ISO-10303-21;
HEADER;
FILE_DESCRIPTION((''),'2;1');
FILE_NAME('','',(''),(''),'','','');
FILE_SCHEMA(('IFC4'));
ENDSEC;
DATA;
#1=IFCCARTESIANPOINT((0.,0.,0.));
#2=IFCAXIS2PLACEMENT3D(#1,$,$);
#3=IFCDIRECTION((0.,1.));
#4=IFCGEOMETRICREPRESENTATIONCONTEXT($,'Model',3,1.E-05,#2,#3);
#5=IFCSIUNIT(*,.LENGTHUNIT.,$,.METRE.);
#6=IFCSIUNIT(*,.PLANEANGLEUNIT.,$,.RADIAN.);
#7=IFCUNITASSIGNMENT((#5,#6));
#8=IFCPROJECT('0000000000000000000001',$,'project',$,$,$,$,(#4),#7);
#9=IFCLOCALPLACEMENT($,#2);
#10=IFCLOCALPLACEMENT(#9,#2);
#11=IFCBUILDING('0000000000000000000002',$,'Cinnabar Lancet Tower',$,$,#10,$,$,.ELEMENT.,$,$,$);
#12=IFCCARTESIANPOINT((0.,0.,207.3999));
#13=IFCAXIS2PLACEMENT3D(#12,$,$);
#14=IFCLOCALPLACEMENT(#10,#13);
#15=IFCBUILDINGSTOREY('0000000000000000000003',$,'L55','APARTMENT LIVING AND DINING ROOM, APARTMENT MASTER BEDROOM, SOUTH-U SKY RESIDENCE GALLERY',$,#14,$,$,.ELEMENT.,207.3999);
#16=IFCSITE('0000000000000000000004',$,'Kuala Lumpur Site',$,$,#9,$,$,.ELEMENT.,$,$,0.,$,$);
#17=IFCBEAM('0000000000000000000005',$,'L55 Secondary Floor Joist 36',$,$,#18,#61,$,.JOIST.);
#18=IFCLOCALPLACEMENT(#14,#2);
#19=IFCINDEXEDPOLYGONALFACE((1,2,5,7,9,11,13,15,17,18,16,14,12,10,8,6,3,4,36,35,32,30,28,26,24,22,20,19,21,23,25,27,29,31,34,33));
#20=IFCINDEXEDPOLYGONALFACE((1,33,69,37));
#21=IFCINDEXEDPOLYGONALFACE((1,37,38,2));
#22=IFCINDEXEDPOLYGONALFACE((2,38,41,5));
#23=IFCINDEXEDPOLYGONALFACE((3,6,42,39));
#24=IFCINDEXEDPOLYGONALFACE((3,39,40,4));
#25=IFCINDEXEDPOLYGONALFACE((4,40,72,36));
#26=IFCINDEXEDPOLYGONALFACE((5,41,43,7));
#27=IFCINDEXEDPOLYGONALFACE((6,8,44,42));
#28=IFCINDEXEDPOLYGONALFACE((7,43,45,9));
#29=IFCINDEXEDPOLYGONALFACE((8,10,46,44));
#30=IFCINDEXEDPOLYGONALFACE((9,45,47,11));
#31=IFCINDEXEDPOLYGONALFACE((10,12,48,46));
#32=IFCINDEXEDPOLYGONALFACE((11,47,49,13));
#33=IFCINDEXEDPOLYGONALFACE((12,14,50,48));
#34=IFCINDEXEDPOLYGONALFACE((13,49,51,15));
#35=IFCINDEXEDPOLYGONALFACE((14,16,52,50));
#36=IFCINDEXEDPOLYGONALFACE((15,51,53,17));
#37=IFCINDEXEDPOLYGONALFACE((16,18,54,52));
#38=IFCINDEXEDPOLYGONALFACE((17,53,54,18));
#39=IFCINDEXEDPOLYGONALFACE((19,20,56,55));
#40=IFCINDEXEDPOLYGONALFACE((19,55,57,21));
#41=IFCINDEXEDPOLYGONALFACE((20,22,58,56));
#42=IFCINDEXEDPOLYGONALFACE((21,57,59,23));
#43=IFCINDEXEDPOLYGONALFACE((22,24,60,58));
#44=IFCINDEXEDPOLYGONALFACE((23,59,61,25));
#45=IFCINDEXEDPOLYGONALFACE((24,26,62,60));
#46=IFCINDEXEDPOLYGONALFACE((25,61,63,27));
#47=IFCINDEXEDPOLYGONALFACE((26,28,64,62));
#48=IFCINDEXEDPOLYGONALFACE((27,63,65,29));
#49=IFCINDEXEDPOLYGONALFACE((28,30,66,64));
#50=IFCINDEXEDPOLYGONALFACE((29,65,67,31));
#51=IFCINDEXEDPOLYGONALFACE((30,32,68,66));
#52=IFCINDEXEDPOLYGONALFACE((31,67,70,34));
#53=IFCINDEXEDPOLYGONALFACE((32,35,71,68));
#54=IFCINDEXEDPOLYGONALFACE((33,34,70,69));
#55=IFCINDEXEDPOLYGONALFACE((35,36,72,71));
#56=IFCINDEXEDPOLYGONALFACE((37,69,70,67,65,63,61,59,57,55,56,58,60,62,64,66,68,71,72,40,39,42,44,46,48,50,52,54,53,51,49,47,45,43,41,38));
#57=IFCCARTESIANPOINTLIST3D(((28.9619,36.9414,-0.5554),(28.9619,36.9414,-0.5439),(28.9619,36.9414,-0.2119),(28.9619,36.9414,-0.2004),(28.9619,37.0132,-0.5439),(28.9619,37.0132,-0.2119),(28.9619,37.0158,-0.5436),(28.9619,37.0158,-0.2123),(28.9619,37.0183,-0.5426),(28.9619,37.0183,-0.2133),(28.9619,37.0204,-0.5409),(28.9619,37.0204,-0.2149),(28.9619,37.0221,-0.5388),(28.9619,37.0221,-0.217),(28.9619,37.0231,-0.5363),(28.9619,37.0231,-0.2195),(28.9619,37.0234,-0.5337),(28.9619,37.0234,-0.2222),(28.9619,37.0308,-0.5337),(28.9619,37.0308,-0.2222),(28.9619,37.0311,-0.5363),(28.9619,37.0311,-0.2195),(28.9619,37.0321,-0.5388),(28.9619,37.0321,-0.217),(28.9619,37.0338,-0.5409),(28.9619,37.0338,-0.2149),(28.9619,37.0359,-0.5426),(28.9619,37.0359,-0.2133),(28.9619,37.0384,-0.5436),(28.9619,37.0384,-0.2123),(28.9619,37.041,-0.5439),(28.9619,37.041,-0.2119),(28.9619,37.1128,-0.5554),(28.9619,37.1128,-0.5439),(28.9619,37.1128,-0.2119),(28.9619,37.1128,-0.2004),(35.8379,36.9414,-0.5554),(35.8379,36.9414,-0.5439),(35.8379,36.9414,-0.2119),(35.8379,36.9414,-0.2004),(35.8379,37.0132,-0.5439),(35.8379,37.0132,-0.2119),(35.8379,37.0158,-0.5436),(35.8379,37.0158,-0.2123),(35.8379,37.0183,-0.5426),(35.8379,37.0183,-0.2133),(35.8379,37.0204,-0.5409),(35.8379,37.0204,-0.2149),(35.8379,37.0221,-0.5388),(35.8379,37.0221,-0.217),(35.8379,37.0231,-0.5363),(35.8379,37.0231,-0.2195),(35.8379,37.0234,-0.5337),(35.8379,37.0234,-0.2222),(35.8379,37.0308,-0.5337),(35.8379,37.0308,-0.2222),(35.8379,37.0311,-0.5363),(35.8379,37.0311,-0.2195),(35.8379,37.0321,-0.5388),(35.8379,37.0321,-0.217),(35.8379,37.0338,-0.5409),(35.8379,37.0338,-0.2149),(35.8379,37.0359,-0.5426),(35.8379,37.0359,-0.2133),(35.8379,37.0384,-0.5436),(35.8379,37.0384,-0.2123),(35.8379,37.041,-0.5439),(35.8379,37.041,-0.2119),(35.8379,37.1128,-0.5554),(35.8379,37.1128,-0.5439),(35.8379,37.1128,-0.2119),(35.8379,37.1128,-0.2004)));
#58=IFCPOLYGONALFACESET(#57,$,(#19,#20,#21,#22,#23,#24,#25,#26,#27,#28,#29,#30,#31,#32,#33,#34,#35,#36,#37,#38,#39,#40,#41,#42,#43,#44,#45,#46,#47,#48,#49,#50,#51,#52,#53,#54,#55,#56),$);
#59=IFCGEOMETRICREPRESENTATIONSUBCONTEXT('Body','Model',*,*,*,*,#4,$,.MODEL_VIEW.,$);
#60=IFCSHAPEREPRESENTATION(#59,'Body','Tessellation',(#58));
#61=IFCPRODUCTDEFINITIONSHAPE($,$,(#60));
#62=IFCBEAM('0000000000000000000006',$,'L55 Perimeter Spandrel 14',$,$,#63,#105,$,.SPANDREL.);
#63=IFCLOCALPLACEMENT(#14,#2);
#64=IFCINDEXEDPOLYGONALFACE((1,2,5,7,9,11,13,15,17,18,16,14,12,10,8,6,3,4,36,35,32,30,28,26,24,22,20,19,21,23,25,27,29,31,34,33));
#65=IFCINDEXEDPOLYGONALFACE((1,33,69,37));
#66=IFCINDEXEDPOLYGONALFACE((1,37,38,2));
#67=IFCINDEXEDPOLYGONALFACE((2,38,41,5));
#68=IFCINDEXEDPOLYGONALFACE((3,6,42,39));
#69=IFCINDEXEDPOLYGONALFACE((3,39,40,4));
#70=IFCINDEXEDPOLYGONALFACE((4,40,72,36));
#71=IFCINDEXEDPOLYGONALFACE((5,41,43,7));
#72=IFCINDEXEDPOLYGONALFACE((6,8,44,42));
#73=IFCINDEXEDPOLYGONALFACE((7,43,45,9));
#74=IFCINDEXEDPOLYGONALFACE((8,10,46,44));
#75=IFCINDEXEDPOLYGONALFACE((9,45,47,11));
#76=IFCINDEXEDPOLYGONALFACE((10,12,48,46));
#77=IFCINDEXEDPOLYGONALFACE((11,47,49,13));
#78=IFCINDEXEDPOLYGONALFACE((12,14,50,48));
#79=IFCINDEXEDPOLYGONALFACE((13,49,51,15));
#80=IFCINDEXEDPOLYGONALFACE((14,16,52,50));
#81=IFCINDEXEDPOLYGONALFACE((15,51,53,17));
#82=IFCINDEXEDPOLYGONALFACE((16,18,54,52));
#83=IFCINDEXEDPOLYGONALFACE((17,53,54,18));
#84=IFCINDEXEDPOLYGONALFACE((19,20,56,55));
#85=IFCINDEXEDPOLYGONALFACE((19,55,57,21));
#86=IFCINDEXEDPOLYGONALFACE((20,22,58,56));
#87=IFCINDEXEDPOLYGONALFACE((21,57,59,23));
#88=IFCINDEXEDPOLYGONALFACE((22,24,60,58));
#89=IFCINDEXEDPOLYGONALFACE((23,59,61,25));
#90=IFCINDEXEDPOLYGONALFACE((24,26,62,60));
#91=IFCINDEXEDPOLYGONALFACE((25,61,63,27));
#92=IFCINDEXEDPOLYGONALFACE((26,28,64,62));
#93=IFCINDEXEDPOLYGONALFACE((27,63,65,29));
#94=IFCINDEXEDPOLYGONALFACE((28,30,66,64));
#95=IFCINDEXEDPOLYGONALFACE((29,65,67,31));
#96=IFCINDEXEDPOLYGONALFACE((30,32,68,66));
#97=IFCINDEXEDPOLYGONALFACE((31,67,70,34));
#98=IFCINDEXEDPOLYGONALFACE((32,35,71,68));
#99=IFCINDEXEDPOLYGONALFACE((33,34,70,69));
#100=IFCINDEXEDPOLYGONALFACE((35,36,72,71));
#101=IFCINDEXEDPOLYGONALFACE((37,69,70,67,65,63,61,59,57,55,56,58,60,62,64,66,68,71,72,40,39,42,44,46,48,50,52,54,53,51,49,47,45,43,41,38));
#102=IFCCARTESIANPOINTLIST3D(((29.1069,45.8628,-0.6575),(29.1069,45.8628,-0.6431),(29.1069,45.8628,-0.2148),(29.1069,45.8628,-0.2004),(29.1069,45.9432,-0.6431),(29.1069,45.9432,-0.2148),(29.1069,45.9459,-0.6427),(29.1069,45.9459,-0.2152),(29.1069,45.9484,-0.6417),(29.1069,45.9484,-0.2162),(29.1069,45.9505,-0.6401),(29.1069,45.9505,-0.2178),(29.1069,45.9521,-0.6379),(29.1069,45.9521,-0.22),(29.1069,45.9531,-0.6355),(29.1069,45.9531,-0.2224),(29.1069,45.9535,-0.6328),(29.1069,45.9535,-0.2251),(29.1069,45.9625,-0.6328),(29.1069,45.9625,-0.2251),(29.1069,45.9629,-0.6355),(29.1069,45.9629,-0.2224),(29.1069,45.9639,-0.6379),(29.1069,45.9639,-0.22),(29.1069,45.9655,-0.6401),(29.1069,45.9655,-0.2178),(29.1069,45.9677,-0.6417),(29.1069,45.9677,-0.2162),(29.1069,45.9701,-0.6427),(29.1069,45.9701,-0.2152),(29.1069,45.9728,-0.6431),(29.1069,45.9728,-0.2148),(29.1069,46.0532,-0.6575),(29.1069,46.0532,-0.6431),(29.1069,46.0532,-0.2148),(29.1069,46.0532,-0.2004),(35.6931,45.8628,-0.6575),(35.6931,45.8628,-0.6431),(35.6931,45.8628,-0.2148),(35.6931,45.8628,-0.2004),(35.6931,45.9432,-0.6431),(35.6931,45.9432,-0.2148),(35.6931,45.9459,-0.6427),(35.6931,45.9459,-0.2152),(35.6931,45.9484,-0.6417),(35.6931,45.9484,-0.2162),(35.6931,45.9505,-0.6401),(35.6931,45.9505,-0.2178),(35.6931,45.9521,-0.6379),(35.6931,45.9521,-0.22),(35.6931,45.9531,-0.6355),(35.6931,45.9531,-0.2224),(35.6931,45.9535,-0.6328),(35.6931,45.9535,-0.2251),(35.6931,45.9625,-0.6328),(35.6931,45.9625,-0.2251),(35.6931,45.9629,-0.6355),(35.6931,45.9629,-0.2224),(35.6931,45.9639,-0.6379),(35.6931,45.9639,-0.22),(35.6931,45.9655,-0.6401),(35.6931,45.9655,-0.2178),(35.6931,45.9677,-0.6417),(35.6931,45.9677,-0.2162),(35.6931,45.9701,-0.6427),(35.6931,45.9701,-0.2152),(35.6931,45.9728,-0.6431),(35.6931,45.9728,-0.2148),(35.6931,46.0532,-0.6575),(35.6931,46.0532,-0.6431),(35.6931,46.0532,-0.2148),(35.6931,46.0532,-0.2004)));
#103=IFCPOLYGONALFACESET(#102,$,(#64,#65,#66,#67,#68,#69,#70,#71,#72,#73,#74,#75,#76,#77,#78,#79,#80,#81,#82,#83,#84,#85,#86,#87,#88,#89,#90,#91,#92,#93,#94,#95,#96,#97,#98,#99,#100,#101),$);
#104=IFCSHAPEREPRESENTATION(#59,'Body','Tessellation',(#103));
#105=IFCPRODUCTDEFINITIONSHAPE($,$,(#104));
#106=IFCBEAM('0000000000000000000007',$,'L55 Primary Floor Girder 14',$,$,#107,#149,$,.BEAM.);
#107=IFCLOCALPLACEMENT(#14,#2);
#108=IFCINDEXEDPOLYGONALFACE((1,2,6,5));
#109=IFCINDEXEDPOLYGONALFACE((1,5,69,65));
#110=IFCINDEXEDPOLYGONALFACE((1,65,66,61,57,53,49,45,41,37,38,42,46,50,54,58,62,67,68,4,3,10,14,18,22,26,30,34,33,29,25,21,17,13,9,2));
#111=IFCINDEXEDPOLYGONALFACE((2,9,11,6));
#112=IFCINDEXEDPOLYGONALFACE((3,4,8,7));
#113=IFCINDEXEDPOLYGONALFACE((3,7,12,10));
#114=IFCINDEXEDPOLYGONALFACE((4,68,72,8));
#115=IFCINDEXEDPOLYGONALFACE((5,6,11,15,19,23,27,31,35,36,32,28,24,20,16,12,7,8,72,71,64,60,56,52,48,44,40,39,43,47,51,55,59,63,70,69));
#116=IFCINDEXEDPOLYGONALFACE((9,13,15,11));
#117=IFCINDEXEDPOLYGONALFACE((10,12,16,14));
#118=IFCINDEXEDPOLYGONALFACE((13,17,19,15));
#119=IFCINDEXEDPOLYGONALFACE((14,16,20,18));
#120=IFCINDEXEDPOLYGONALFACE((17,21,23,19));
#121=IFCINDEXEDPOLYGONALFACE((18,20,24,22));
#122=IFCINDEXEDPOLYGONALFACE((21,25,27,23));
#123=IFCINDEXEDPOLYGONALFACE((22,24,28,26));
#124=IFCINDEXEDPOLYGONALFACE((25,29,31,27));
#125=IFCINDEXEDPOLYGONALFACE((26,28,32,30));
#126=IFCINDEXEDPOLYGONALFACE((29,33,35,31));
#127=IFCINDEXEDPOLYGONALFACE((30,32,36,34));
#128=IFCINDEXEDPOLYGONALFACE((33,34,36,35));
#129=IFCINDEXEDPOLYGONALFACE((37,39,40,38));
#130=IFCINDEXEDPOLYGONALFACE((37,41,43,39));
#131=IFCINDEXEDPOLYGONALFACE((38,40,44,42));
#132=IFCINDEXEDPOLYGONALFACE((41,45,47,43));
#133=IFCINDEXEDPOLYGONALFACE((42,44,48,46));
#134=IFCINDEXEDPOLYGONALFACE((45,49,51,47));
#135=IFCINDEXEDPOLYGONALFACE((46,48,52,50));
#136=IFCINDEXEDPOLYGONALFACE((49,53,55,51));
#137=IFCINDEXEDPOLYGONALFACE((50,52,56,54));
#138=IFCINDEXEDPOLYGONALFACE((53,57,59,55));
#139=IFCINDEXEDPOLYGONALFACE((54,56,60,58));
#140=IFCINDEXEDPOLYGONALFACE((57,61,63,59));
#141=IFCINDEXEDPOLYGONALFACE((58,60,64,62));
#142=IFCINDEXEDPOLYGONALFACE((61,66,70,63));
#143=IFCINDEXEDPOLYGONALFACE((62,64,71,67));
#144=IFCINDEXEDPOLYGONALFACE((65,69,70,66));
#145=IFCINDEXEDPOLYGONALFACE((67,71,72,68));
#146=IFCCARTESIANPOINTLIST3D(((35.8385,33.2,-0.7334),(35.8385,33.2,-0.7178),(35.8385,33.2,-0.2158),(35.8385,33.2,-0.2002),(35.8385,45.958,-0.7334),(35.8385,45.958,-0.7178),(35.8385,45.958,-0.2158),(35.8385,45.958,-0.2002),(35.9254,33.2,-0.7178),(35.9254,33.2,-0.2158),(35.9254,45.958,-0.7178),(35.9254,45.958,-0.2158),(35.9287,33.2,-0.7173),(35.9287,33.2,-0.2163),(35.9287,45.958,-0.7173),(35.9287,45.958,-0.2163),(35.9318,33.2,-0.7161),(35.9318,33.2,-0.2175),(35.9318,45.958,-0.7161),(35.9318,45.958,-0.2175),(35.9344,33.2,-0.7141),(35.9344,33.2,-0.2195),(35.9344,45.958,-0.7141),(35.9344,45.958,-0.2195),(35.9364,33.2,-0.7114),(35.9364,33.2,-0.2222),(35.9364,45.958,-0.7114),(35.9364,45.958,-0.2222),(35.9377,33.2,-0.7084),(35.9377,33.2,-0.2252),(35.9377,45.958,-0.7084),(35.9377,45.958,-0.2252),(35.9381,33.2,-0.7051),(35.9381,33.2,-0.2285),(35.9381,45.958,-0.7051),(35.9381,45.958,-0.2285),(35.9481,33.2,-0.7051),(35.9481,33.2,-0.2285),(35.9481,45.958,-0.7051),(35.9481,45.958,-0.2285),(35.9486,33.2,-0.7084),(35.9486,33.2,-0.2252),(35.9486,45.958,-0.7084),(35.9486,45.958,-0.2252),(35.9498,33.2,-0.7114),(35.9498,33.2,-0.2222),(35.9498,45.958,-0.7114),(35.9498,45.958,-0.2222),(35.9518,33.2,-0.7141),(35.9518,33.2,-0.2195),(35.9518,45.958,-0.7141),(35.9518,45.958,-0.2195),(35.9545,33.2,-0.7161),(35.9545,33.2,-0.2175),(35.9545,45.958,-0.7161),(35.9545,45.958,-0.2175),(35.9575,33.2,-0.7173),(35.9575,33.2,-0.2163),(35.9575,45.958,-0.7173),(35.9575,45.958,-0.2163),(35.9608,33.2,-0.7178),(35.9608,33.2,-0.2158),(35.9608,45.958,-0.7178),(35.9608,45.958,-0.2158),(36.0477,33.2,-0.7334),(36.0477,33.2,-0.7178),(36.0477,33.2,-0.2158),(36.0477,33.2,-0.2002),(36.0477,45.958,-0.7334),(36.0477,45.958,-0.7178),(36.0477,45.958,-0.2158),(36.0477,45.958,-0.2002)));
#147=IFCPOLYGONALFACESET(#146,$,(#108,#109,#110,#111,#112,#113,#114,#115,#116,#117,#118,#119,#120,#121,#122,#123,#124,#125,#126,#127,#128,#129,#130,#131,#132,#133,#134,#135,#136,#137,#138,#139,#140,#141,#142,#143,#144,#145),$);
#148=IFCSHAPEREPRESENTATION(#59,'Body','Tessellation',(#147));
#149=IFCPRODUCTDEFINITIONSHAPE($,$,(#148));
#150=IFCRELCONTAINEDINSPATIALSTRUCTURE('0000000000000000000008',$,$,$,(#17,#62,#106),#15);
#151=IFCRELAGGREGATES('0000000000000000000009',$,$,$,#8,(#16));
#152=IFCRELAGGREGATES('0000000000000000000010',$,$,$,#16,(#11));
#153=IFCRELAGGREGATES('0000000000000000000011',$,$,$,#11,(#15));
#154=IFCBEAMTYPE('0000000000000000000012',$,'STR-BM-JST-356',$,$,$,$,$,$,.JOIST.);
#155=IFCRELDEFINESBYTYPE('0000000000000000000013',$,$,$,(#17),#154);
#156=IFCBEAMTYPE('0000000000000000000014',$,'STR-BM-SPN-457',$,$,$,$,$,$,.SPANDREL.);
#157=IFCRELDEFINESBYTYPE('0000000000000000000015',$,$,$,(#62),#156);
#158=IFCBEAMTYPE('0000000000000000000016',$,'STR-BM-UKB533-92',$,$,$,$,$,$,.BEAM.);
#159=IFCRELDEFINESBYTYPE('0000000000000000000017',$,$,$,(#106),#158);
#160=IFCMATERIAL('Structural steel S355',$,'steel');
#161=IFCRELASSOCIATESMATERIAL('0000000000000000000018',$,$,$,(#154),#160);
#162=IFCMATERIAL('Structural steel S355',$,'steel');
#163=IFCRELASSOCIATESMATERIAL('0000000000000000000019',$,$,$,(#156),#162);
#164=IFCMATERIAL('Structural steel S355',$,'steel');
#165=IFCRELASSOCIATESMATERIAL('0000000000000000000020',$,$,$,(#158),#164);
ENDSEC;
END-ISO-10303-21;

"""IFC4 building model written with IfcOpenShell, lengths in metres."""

from ifc_helpers import new_model, si_unit, direction, frame, origin, origin_2d, place, context, subcontext, project, spatial, i_section, extrude, material, material_profile, profile_set, type_object, element, save


model = new_model("IFC4")

# Units and contexts
model_context = context("Model", 3, precision=1e-05, world=origin(), true_north=direction((0.0, 1.0)))
body_context = subcontext(model_context, "Body", "Model", "MODEL_VIEW")
ifc_project = project(units=[si_unit("LENGTHUNIT", "METRE"), si_unit("PLANEANGLEUNIT", "RADIAN")], contexts=[model_context])

# Site, building, storey
site_placement = place(None, origin())
site = spatial("IfcSite", under=ifc_project, at=site_placement, Name="Kuala Lumpur Site", CompositionType="ELEMENT", RefElevation=0.0)
building_placement = place(site_placement, origin())
building = spatial("IfcBuilding", under=site, at=building_placement, Name="Cinnabar Lancet Tower", CompositionType="ELEMENT")
storey_placement = place(building_placement, frame((0.0, 0.0, 207.3999)))
storey = spatial("IfcBuildingStorey", under=building, at=storey_placement, Name="L55", Description="APARTMENT LIVING AND DINING ROOM, APARTMENT MASTER BEDROOM, SOUTH-U SKY RESIDENCE GALLERY", CompositionType="ELEMENT", Elevation=207.3999)

# Beams
ifc_material_1 = material(Name="Structural steel S355", Category="steel")
ifc_material_profile_1 = material_profile(ifc_material_1, i_section(OverallWidth=0.1714, OverallDepth=0.355, WebThickness=0.0073, FlangeThickness=0.0115, FilletRadius=0.0103, at=origin_2d()), Name="UKB 356x171x51")
ifc_profile_set_1 = profile_set([ifc_material_profile_1], Name="Structural steel S355")
beam_type_1 = type_object("IfcBeamType", Name="STR-BM-JST-356", PredefinedType="JOIST", material=ifc_profile_set_1)
for number, where, z_axis, x_axis, name in (
    (1, (35.8379, 37.0271, -0.3779), (-1.0, 0.0, 0.0), (0.0, -1.0, 0.0), "L55 Secondary Floor Joist 36"),
):
    element("IfcBeam", number, at=place(storey_placement, frame(where, z_axis=z_axis, x_axis=x_axis)), inside=storey, type_object=beam_type_1, Name=name, PredefinedType="JOIST", context=body_context, shape_type="SweptSolid", body=[
        extrude(i_section(OverallWidth=0.1714, OverallDepth=0.355, WebThickness=0.0073, FlangeThickness=0.0115, FilletRadius=0.0103, at=origin_2d()), origin(), (0.0, 0.0, 1.0), 6.876),
    ])
ifc_material_2 = material(Name="Structural steel S355", Category="steel")
ifc_material_profile_2 = material_profile(ifc_material_2, i_section(OverallWidth=0.1904, OverallDepth=0.457, WebThickness=0.009, FlangeThickness=0.0144, FilletRadius=0.0103, at=origin_2d()), Name="UKB 457x191x74")
ifc_profile_set_2 = profile_set([ifc_material_profile_2], Name="Structural steel S355")
beam_type_2 = type_object("IfcBeamType", Name="STR-BM-SPN-457", PredefinedType="SPANDREL", material=ifc_profile_set_2)
beam_1_placement = place(storey_placement, frame((35.6931, 45.958, -0.429), z_axis=(-1.0, 0.0, 0.0), x_axis=(0.0, -1.0, 0.0)))
element("IfcBeam", 2, at=beam_1_placement, inside=storey, type_object=beam_type_2, Name="L55 Perimeter Spandrel 14", PredefinedType="SPANDREL", context=body_context, shape_type="SweptSolid", body=[
    extrude(i_section(OverallWidth=0.1904, OverallDepth=0.457, WebThickness=0.009, FlangeThickness=0.0144, FilletRadius=0.0103, at=origin_2d()), origin(), (0.0, 0.0, 1.0), 6.5862),
])
ifc_material_3 = material(Name="Structural steel S355", Category="steel")
ifc_material_profile_3 = material_profile(ifc_material_3, i_section(OverallWidth=0.2092, OverallDepth=0.5332, WebThickness=0.01, FlangeThickness=0.0156, FilletRadius=0.0127, at=origin_2d()), Name="UKB 533x210x92")
ifc_profile_set_3 = profile_set([ifc_material_profile_3], Name="Structural steel S355")
beam_type_3 = type_object("IfcBeamType", Name="STR-BM-UKB533-92", PredefinedType="BEAM", material=ifc_profile_set_3)
beam_2_placement = place(storey_placement, frame((35.9431, 45.958, -0.4668), z_axis=(0.0, -1.0, 0.0), x_axis=(1.0, 0.0, 0.0)))
element("IfcBeam", 3, at=beam_2_placement, inside=storey, type_object=beam_type_3, Name="L55 Primary Floor Girder 14", PredefinedType="BEAM", context=body_context, shape_type="SweptSolid", body=[
    extrude(i_section(OverallWidth=0.2092, OverallDepth=0.5332, WebThickness=0.01, FlangeThickness=0.0156, FilletRadius=0.0127, at=origin_2d()), origin(), (0.0, 0.0, 1.0), 12.7581),
])

save(model, "model.ifc")
